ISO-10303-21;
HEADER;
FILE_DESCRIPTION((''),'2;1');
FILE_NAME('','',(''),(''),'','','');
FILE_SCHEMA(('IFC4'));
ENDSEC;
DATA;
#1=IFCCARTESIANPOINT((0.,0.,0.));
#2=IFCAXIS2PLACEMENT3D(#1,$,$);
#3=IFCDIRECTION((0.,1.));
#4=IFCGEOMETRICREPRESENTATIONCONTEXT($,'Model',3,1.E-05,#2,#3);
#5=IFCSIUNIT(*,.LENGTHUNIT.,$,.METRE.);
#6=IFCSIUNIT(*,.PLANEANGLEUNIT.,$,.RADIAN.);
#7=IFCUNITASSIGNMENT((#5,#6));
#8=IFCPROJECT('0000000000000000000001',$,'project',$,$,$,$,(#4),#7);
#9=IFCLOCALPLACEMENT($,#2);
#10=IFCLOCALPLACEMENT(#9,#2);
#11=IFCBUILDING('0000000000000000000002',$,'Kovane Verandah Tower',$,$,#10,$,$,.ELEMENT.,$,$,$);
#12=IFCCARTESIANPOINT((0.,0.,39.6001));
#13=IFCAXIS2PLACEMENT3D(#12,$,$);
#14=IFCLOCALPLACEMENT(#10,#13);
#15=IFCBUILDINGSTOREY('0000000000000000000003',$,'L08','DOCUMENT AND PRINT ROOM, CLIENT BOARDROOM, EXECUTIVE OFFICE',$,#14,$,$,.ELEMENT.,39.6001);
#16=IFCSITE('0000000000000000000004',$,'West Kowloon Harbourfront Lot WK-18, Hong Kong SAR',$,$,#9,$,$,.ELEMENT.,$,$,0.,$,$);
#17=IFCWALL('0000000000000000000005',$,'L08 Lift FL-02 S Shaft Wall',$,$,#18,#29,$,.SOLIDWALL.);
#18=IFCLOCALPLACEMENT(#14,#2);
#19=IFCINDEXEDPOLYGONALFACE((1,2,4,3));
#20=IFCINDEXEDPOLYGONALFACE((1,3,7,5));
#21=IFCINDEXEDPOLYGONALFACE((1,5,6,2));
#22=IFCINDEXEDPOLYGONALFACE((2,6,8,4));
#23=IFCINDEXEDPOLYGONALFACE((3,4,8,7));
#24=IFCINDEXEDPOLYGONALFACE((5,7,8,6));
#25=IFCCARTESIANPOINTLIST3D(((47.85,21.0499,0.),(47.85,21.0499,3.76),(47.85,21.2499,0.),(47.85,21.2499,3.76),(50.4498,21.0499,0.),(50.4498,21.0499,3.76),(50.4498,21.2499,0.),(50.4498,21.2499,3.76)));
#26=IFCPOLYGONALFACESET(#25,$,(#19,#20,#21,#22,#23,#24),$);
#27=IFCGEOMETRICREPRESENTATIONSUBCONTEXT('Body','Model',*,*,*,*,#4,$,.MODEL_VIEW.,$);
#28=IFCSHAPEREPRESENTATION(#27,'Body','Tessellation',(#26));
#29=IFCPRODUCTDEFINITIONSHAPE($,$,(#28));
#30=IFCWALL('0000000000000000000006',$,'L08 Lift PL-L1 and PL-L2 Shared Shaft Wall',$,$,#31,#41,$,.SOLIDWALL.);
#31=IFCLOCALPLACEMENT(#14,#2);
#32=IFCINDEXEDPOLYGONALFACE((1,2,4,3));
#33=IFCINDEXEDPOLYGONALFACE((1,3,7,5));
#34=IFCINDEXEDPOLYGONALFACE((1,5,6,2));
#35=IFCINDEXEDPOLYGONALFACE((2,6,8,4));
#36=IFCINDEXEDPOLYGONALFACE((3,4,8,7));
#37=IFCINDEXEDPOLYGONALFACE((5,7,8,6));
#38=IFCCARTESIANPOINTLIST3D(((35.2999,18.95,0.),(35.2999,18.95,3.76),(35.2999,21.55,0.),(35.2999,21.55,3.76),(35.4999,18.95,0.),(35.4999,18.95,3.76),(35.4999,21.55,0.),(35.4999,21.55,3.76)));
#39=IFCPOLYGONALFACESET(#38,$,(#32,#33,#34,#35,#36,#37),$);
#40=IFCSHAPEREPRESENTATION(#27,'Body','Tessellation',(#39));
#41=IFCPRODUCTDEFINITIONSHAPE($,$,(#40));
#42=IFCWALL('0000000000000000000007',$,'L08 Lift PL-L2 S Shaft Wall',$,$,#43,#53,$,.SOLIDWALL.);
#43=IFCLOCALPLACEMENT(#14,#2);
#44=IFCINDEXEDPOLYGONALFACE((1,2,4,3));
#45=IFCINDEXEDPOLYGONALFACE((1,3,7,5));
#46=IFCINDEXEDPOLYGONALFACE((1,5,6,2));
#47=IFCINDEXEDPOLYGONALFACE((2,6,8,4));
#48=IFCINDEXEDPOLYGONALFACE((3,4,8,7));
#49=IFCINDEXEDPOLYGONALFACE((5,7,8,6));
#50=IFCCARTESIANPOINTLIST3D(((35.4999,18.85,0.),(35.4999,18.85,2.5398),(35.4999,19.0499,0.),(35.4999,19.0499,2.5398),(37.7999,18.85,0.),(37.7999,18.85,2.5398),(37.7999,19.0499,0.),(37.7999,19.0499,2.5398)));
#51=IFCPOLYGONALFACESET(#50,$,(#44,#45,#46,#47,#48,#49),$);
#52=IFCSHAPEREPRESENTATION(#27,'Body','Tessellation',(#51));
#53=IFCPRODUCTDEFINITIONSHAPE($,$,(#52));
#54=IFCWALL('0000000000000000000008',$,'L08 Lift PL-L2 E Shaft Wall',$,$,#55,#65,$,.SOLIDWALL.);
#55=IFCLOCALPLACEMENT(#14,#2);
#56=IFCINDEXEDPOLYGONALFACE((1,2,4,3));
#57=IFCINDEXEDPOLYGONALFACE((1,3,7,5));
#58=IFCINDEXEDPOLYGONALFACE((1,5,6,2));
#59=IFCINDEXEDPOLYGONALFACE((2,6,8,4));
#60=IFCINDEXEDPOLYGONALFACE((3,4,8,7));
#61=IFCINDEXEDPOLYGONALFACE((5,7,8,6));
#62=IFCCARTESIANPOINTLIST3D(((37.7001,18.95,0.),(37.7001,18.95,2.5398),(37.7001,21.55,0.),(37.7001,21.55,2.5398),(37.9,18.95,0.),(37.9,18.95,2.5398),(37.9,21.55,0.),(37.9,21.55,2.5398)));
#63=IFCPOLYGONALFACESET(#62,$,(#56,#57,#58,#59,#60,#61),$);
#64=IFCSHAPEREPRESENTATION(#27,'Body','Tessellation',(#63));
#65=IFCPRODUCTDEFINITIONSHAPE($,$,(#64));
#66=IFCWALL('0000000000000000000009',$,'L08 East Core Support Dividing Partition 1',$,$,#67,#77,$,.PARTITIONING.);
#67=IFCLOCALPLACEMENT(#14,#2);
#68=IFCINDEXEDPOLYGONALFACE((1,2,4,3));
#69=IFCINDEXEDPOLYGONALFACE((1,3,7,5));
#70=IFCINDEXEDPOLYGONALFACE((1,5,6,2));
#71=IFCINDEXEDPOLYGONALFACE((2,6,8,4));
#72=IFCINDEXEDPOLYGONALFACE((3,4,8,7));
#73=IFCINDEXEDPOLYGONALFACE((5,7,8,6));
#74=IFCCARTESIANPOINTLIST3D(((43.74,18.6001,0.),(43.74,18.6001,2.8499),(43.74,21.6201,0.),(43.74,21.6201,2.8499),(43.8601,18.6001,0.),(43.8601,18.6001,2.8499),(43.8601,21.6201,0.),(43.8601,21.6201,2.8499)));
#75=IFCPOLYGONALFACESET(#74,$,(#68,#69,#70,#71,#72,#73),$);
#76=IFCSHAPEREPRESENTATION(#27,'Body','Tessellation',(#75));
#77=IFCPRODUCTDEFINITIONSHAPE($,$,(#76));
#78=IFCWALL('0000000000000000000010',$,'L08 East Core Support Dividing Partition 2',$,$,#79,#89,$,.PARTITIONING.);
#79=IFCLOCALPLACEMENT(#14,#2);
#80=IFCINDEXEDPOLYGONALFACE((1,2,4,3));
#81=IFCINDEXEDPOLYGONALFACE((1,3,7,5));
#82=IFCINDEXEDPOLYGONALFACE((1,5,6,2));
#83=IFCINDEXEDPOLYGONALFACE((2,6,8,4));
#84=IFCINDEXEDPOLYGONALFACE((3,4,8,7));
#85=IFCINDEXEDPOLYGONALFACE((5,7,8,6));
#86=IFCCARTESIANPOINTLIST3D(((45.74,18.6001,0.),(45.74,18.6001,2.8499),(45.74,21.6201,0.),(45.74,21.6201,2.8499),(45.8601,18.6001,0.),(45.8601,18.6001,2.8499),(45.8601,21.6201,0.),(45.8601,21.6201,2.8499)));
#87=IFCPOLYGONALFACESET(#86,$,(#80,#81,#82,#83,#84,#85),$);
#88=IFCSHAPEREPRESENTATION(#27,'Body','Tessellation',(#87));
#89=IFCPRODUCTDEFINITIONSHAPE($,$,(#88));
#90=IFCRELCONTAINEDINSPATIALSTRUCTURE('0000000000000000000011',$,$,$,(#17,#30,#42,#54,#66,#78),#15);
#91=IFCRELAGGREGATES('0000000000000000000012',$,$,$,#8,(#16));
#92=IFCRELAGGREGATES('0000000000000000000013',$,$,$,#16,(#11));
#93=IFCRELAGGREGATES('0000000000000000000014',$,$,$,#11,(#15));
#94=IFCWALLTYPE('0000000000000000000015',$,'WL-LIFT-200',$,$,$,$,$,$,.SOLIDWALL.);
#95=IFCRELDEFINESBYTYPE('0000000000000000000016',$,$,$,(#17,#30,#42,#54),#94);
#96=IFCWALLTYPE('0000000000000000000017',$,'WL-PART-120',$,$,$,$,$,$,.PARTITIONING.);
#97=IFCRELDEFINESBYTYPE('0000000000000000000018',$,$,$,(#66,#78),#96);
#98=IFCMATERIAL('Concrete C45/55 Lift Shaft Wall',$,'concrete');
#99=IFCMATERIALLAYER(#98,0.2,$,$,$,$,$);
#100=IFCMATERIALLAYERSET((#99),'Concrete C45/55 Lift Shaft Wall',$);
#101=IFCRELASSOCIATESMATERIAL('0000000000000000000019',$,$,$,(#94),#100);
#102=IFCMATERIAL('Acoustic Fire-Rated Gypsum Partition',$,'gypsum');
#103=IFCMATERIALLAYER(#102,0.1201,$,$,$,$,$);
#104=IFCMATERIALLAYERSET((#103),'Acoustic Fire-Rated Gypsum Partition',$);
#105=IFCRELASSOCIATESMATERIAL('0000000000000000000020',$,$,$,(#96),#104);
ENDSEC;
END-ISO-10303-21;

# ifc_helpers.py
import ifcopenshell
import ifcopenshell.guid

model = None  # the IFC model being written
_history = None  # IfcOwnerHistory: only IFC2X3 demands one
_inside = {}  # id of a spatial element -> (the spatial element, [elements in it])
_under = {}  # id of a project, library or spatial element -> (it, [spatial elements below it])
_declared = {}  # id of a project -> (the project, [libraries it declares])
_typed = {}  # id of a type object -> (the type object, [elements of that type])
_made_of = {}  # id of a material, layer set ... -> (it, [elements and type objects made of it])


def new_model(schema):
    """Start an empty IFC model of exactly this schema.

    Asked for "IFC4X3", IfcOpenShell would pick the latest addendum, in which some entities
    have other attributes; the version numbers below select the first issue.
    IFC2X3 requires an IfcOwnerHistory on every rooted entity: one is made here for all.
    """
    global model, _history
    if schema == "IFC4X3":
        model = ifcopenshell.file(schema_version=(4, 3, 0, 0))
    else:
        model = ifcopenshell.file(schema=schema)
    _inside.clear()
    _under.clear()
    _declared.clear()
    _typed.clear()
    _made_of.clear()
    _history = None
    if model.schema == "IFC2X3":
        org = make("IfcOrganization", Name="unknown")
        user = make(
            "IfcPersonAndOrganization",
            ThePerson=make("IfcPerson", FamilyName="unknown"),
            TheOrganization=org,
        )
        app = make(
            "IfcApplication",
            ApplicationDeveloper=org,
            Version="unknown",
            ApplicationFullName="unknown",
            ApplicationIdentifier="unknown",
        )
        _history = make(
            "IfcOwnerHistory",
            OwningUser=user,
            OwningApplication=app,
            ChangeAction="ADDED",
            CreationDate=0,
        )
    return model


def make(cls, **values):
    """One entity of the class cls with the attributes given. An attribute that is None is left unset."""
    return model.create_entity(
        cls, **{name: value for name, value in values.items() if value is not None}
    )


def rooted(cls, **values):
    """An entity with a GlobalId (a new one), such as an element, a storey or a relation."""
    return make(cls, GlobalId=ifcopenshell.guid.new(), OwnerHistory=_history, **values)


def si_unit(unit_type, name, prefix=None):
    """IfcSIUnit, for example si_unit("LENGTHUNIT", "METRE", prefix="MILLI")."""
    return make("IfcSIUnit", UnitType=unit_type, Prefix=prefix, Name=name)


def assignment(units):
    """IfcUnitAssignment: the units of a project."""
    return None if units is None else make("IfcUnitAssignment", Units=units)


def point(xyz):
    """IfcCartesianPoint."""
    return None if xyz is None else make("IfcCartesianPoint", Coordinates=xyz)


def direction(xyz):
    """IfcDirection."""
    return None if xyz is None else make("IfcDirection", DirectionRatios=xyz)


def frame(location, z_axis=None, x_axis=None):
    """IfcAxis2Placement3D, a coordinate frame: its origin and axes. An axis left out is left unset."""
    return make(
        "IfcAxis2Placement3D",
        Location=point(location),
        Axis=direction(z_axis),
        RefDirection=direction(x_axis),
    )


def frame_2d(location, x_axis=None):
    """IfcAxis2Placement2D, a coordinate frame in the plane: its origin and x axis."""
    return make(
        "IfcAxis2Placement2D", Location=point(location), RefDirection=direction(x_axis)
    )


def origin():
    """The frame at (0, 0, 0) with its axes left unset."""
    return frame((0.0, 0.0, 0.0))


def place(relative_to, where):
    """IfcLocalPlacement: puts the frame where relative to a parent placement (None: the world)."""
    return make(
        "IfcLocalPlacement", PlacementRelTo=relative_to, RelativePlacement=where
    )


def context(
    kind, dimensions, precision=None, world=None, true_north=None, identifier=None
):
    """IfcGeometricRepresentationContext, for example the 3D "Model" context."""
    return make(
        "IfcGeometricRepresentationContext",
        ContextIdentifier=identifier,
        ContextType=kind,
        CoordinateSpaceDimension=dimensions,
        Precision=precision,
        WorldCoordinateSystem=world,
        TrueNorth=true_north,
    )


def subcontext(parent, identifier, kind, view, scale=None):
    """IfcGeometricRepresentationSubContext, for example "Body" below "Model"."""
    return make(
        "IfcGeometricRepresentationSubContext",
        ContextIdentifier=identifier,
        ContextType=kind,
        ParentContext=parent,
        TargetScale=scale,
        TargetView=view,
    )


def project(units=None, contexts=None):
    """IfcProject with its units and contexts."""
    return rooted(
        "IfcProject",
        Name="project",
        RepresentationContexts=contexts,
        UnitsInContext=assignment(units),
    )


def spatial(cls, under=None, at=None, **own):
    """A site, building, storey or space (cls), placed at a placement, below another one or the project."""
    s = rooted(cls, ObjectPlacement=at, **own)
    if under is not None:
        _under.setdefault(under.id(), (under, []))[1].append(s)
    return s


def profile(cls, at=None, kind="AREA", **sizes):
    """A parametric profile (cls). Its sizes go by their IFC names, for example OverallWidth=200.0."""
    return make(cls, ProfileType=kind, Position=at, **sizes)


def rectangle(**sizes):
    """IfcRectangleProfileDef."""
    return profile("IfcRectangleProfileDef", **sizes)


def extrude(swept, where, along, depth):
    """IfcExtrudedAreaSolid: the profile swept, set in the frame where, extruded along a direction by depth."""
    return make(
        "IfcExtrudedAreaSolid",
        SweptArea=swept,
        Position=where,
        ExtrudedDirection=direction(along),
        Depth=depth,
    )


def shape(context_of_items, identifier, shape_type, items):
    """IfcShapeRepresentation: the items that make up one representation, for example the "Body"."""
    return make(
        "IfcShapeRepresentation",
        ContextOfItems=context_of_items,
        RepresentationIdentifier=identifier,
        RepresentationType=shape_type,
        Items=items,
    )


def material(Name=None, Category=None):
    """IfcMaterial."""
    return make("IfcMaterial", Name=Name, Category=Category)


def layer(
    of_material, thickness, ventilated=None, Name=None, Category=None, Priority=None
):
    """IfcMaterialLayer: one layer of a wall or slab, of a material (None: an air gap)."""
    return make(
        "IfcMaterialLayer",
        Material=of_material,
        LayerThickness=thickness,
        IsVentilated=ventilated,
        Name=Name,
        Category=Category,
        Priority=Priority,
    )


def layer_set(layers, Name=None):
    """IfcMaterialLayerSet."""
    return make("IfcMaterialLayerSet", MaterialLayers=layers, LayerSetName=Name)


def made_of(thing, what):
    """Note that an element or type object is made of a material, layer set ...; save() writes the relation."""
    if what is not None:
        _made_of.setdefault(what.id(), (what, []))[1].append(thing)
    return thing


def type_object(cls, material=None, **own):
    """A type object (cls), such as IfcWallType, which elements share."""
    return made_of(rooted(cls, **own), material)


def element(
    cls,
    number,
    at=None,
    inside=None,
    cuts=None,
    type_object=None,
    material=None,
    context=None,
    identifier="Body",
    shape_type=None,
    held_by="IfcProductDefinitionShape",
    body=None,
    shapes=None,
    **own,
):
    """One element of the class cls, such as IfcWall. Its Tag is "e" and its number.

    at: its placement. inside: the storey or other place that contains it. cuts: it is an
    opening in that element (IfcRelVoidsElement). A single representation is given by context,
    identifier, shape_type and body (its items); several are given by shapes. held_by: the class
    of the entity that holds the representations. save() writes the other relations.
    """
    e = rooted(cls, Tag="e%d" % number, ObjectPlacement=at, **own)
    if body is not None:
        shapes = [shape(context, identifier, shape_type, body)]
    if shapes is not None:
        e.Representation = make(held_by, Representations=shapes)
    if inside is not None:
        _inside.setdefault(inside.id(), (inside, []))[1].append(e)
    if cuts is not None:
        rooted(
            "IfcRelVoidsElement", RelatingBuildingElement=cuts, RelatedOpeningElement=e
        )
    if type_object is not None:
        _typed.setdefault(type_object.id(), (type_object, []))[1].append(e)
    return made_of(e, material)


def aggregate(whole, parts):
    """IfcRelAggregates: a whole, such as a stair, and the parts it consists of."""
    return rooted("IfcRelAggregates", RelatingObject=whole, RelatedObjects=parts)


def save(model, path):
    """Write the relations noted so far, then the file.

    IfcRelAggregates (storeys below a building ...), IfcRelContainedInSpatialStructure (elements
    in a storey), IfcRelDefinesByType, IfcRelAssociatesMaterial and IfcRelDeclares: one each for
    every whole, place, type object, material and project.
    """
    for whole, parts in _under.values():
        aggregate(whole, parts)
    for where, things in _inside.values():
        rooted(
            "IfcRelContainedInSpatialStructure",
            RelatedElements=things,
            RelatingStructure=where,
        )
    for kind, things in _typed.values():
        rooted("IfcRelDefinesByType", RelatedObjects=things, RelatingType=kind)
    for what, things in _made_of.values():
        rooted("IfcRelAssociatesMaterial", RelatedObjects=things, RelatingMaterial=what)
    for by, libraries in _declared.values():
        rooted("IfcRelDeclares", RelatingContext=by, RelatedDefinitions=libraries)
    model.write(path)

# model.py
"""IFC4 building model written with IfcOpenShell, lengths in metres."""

from ifc_helpers import new_model, si_unit, direction, frame, frame_2d, origin, place, context, subcontext, project, spatial, rectangle, extrude, material, layer, layer_set, type_object, element, save


model = new_model("IFC4")

# Units and contexts
model_context = context("Model", 3, precision=1e-05, world=origin(), true_north=direction((0.0, 1.0)))
body_context = subcontext(model_context, "Body", "Model", "MODEL_VIEW")
ifc_project = project(units=[si_unit("LENGTHUNIT", "METRE"), si_unit("PLANEANGLEUNIT", "RADIAN")], contexts=[model_context])

# Site, building, storey
site_placement = place(None, origin())
site = spatial("IfcSite", under=ifc_project, at=site_placement, Name="West Kowloon Harbourfront Lot WK-18, Hong Kong SAR", CompositionType="ELEMENT", RefElevation=0.0)
building_placement = place(site_placement, origin())
building = spatial("IfcBuilding", under=site, at=building_placement, Name="Kovane Verandah Tower", CompositionType="ELEMENT")
storey_placement = place(building_placement, frame((0.0, 0.0, 39.6001)))
storey = spatial("IfcBuildingStorey", under=building, at=storey_placement, Name="L08", Description="DOCUMENT AND PRINT ROOM, CLIENT BOARDROOM, EXECUTIVE OFFICE", CompositionType="ELEMENT", Elevation=39.6001)

# Wall
ifc_material_1 = material(Name="Concrete C45/55 Lift Shaft Wall", Category="concrete")
ifc_layer_1 = layer(ifc_material_1, 0.2)
ifc_layer_set_1 = layer_set([ifc_layer_1], Name="Concrete C45/55 Lift Shaft Wall")
wall_type_1 = type_object("IfcWallType", Name="WL-LIFT-200", PredefinedType="SOLIDWALL", material=ifc_layer_set_1)
wall_1_placement = place(storey_placement, frame((47.8501, 21.1499, 0.0), z_axis=(0.0, 0.0, 1.0), x_axis=(1.0, 0.0, 0.0)))
element("IfcWall", 1, at=wall_1_placement, inside=storey, type_object=wall_type_1, Name="L08 Lift FL-02 S Shaft Wall", PredefinedType="SOLIDWALL", context=body_context, shape_type="SweptSolid", body=[
    extrude(rectangle(XDim=2.5999, YDim=0.2, at=frame_2d((1.2998, 0.0))), origin(), (0.0, 0.0, 1.0), 3.76),
])

# Walls
wall_2_placement = place(storey_placement, frame((35.3999, 18.95, 0.0), z_axis=(0.0, 0.0, 1.0), x_axis=(0.0, 1.0, 0.0)))
element("IfcWall", 2, at=wall_2_placement, inside=storey, type_object=wall_type_1, Name="L08 Lift PL-L1 and PL-L2 Shared Shaft Wall", PredefinedType="SOLIDWALL", context=body_context, shape_type="SweptSolid", body=[
    extrude(rectangle(XDim=2.6001, YDim=0.2, at=frame_2d((1.3, 0.0))), origin(), (0.0, 0.0, 1.0), 3.76),
])
wall_3_placement = place(storey_placement, frame((35.5, 18.95, 0.0), z_axis=(0.0, 0.0, 1.0), x_axis=(1.0, 0.0, 0.0)))
element("IfcWall", 3, at=wall_3_placement, inside=storey, type_object=wall_type_1, Name="L08 Lift PL-L2 S Shaft Wall", PredefinedType="SOLIDWALL", context=body_context, shape_type="SweptSolid", body=[
    extrude(rectangle(XDim=2.3, YDim=0.2, at=frame_2d((1.1499, 0.0))), origin(), (0.0, 0.0, 1.0), 2.5398),
])

# Walls
wall_4_placement = place(storey_placement, frame((37.8, 18.95, 0.0), z_axis=(0.0, 0.0, 1.0), x_axis=(0.0, 1.0, 0.0)))
element("IfcWall", 4, at=wall_4_placement, inside=storey, type_object=wall_type_1, Name="L08 Lift PL-L2 E Shaft Wall", PredefinedType="SOLIDWALL", context=body_context, shape_type="SweptSolid", body=[
    extrude(rectangle(XDim=2.6001, YDim=0.2, at=frame_2d((1.3, 0.0))), origin(), (0.0, 0.0, 1.0), 2.5398),
])
ifc_material_2 = material(Name="Acoustic Fire-Rated Gypsum Partition", Category="gypsum")
ifc_layer_2 = layer(ifc_material_2, 0.1201)
ifc_layer_set_2 = layer_set([ifc_layer_2], Name="Acoustic Fire-Rated Gypsum Partition")
wall_type_2 = type_object("IfcWallType", Name="WL-PART-120", PredefinedType="PARTITIONING", material=ifc_layer_set_2)
for number, where, z_axis, x_axis, name in (
    (5, (43.8, 18.6001, 0.0), (0.0, 0.0, 1.0), (0.0, 1.0, 0.0), "L08 East Core Support Dividing Partition 1"),
    (6, (45.8, 18.6001, 0.0), (0.0, 0.0, 1.0), (0.0, 1.0, 0.0), "L08 East Core Support Dividing Partition 2"),
):
    element("IfcWall", number, at=place(storey_placement, frame(where, z_axis=z_axis, x_axis=x_axis)), inside=storey, type_object=wall_type_2, Name=name, PredefinedType="PARTITIONING", context=body_context, shape_type="SweptSolid", body=[
        extrude(rectangle(XDim=3.02, YDim=0.1201, at=frame_2d((1.51, 0.0))), origin(), (0.0, 0.0, 1.0), 2.8499),
    ])

save(model, "model.ifc")
